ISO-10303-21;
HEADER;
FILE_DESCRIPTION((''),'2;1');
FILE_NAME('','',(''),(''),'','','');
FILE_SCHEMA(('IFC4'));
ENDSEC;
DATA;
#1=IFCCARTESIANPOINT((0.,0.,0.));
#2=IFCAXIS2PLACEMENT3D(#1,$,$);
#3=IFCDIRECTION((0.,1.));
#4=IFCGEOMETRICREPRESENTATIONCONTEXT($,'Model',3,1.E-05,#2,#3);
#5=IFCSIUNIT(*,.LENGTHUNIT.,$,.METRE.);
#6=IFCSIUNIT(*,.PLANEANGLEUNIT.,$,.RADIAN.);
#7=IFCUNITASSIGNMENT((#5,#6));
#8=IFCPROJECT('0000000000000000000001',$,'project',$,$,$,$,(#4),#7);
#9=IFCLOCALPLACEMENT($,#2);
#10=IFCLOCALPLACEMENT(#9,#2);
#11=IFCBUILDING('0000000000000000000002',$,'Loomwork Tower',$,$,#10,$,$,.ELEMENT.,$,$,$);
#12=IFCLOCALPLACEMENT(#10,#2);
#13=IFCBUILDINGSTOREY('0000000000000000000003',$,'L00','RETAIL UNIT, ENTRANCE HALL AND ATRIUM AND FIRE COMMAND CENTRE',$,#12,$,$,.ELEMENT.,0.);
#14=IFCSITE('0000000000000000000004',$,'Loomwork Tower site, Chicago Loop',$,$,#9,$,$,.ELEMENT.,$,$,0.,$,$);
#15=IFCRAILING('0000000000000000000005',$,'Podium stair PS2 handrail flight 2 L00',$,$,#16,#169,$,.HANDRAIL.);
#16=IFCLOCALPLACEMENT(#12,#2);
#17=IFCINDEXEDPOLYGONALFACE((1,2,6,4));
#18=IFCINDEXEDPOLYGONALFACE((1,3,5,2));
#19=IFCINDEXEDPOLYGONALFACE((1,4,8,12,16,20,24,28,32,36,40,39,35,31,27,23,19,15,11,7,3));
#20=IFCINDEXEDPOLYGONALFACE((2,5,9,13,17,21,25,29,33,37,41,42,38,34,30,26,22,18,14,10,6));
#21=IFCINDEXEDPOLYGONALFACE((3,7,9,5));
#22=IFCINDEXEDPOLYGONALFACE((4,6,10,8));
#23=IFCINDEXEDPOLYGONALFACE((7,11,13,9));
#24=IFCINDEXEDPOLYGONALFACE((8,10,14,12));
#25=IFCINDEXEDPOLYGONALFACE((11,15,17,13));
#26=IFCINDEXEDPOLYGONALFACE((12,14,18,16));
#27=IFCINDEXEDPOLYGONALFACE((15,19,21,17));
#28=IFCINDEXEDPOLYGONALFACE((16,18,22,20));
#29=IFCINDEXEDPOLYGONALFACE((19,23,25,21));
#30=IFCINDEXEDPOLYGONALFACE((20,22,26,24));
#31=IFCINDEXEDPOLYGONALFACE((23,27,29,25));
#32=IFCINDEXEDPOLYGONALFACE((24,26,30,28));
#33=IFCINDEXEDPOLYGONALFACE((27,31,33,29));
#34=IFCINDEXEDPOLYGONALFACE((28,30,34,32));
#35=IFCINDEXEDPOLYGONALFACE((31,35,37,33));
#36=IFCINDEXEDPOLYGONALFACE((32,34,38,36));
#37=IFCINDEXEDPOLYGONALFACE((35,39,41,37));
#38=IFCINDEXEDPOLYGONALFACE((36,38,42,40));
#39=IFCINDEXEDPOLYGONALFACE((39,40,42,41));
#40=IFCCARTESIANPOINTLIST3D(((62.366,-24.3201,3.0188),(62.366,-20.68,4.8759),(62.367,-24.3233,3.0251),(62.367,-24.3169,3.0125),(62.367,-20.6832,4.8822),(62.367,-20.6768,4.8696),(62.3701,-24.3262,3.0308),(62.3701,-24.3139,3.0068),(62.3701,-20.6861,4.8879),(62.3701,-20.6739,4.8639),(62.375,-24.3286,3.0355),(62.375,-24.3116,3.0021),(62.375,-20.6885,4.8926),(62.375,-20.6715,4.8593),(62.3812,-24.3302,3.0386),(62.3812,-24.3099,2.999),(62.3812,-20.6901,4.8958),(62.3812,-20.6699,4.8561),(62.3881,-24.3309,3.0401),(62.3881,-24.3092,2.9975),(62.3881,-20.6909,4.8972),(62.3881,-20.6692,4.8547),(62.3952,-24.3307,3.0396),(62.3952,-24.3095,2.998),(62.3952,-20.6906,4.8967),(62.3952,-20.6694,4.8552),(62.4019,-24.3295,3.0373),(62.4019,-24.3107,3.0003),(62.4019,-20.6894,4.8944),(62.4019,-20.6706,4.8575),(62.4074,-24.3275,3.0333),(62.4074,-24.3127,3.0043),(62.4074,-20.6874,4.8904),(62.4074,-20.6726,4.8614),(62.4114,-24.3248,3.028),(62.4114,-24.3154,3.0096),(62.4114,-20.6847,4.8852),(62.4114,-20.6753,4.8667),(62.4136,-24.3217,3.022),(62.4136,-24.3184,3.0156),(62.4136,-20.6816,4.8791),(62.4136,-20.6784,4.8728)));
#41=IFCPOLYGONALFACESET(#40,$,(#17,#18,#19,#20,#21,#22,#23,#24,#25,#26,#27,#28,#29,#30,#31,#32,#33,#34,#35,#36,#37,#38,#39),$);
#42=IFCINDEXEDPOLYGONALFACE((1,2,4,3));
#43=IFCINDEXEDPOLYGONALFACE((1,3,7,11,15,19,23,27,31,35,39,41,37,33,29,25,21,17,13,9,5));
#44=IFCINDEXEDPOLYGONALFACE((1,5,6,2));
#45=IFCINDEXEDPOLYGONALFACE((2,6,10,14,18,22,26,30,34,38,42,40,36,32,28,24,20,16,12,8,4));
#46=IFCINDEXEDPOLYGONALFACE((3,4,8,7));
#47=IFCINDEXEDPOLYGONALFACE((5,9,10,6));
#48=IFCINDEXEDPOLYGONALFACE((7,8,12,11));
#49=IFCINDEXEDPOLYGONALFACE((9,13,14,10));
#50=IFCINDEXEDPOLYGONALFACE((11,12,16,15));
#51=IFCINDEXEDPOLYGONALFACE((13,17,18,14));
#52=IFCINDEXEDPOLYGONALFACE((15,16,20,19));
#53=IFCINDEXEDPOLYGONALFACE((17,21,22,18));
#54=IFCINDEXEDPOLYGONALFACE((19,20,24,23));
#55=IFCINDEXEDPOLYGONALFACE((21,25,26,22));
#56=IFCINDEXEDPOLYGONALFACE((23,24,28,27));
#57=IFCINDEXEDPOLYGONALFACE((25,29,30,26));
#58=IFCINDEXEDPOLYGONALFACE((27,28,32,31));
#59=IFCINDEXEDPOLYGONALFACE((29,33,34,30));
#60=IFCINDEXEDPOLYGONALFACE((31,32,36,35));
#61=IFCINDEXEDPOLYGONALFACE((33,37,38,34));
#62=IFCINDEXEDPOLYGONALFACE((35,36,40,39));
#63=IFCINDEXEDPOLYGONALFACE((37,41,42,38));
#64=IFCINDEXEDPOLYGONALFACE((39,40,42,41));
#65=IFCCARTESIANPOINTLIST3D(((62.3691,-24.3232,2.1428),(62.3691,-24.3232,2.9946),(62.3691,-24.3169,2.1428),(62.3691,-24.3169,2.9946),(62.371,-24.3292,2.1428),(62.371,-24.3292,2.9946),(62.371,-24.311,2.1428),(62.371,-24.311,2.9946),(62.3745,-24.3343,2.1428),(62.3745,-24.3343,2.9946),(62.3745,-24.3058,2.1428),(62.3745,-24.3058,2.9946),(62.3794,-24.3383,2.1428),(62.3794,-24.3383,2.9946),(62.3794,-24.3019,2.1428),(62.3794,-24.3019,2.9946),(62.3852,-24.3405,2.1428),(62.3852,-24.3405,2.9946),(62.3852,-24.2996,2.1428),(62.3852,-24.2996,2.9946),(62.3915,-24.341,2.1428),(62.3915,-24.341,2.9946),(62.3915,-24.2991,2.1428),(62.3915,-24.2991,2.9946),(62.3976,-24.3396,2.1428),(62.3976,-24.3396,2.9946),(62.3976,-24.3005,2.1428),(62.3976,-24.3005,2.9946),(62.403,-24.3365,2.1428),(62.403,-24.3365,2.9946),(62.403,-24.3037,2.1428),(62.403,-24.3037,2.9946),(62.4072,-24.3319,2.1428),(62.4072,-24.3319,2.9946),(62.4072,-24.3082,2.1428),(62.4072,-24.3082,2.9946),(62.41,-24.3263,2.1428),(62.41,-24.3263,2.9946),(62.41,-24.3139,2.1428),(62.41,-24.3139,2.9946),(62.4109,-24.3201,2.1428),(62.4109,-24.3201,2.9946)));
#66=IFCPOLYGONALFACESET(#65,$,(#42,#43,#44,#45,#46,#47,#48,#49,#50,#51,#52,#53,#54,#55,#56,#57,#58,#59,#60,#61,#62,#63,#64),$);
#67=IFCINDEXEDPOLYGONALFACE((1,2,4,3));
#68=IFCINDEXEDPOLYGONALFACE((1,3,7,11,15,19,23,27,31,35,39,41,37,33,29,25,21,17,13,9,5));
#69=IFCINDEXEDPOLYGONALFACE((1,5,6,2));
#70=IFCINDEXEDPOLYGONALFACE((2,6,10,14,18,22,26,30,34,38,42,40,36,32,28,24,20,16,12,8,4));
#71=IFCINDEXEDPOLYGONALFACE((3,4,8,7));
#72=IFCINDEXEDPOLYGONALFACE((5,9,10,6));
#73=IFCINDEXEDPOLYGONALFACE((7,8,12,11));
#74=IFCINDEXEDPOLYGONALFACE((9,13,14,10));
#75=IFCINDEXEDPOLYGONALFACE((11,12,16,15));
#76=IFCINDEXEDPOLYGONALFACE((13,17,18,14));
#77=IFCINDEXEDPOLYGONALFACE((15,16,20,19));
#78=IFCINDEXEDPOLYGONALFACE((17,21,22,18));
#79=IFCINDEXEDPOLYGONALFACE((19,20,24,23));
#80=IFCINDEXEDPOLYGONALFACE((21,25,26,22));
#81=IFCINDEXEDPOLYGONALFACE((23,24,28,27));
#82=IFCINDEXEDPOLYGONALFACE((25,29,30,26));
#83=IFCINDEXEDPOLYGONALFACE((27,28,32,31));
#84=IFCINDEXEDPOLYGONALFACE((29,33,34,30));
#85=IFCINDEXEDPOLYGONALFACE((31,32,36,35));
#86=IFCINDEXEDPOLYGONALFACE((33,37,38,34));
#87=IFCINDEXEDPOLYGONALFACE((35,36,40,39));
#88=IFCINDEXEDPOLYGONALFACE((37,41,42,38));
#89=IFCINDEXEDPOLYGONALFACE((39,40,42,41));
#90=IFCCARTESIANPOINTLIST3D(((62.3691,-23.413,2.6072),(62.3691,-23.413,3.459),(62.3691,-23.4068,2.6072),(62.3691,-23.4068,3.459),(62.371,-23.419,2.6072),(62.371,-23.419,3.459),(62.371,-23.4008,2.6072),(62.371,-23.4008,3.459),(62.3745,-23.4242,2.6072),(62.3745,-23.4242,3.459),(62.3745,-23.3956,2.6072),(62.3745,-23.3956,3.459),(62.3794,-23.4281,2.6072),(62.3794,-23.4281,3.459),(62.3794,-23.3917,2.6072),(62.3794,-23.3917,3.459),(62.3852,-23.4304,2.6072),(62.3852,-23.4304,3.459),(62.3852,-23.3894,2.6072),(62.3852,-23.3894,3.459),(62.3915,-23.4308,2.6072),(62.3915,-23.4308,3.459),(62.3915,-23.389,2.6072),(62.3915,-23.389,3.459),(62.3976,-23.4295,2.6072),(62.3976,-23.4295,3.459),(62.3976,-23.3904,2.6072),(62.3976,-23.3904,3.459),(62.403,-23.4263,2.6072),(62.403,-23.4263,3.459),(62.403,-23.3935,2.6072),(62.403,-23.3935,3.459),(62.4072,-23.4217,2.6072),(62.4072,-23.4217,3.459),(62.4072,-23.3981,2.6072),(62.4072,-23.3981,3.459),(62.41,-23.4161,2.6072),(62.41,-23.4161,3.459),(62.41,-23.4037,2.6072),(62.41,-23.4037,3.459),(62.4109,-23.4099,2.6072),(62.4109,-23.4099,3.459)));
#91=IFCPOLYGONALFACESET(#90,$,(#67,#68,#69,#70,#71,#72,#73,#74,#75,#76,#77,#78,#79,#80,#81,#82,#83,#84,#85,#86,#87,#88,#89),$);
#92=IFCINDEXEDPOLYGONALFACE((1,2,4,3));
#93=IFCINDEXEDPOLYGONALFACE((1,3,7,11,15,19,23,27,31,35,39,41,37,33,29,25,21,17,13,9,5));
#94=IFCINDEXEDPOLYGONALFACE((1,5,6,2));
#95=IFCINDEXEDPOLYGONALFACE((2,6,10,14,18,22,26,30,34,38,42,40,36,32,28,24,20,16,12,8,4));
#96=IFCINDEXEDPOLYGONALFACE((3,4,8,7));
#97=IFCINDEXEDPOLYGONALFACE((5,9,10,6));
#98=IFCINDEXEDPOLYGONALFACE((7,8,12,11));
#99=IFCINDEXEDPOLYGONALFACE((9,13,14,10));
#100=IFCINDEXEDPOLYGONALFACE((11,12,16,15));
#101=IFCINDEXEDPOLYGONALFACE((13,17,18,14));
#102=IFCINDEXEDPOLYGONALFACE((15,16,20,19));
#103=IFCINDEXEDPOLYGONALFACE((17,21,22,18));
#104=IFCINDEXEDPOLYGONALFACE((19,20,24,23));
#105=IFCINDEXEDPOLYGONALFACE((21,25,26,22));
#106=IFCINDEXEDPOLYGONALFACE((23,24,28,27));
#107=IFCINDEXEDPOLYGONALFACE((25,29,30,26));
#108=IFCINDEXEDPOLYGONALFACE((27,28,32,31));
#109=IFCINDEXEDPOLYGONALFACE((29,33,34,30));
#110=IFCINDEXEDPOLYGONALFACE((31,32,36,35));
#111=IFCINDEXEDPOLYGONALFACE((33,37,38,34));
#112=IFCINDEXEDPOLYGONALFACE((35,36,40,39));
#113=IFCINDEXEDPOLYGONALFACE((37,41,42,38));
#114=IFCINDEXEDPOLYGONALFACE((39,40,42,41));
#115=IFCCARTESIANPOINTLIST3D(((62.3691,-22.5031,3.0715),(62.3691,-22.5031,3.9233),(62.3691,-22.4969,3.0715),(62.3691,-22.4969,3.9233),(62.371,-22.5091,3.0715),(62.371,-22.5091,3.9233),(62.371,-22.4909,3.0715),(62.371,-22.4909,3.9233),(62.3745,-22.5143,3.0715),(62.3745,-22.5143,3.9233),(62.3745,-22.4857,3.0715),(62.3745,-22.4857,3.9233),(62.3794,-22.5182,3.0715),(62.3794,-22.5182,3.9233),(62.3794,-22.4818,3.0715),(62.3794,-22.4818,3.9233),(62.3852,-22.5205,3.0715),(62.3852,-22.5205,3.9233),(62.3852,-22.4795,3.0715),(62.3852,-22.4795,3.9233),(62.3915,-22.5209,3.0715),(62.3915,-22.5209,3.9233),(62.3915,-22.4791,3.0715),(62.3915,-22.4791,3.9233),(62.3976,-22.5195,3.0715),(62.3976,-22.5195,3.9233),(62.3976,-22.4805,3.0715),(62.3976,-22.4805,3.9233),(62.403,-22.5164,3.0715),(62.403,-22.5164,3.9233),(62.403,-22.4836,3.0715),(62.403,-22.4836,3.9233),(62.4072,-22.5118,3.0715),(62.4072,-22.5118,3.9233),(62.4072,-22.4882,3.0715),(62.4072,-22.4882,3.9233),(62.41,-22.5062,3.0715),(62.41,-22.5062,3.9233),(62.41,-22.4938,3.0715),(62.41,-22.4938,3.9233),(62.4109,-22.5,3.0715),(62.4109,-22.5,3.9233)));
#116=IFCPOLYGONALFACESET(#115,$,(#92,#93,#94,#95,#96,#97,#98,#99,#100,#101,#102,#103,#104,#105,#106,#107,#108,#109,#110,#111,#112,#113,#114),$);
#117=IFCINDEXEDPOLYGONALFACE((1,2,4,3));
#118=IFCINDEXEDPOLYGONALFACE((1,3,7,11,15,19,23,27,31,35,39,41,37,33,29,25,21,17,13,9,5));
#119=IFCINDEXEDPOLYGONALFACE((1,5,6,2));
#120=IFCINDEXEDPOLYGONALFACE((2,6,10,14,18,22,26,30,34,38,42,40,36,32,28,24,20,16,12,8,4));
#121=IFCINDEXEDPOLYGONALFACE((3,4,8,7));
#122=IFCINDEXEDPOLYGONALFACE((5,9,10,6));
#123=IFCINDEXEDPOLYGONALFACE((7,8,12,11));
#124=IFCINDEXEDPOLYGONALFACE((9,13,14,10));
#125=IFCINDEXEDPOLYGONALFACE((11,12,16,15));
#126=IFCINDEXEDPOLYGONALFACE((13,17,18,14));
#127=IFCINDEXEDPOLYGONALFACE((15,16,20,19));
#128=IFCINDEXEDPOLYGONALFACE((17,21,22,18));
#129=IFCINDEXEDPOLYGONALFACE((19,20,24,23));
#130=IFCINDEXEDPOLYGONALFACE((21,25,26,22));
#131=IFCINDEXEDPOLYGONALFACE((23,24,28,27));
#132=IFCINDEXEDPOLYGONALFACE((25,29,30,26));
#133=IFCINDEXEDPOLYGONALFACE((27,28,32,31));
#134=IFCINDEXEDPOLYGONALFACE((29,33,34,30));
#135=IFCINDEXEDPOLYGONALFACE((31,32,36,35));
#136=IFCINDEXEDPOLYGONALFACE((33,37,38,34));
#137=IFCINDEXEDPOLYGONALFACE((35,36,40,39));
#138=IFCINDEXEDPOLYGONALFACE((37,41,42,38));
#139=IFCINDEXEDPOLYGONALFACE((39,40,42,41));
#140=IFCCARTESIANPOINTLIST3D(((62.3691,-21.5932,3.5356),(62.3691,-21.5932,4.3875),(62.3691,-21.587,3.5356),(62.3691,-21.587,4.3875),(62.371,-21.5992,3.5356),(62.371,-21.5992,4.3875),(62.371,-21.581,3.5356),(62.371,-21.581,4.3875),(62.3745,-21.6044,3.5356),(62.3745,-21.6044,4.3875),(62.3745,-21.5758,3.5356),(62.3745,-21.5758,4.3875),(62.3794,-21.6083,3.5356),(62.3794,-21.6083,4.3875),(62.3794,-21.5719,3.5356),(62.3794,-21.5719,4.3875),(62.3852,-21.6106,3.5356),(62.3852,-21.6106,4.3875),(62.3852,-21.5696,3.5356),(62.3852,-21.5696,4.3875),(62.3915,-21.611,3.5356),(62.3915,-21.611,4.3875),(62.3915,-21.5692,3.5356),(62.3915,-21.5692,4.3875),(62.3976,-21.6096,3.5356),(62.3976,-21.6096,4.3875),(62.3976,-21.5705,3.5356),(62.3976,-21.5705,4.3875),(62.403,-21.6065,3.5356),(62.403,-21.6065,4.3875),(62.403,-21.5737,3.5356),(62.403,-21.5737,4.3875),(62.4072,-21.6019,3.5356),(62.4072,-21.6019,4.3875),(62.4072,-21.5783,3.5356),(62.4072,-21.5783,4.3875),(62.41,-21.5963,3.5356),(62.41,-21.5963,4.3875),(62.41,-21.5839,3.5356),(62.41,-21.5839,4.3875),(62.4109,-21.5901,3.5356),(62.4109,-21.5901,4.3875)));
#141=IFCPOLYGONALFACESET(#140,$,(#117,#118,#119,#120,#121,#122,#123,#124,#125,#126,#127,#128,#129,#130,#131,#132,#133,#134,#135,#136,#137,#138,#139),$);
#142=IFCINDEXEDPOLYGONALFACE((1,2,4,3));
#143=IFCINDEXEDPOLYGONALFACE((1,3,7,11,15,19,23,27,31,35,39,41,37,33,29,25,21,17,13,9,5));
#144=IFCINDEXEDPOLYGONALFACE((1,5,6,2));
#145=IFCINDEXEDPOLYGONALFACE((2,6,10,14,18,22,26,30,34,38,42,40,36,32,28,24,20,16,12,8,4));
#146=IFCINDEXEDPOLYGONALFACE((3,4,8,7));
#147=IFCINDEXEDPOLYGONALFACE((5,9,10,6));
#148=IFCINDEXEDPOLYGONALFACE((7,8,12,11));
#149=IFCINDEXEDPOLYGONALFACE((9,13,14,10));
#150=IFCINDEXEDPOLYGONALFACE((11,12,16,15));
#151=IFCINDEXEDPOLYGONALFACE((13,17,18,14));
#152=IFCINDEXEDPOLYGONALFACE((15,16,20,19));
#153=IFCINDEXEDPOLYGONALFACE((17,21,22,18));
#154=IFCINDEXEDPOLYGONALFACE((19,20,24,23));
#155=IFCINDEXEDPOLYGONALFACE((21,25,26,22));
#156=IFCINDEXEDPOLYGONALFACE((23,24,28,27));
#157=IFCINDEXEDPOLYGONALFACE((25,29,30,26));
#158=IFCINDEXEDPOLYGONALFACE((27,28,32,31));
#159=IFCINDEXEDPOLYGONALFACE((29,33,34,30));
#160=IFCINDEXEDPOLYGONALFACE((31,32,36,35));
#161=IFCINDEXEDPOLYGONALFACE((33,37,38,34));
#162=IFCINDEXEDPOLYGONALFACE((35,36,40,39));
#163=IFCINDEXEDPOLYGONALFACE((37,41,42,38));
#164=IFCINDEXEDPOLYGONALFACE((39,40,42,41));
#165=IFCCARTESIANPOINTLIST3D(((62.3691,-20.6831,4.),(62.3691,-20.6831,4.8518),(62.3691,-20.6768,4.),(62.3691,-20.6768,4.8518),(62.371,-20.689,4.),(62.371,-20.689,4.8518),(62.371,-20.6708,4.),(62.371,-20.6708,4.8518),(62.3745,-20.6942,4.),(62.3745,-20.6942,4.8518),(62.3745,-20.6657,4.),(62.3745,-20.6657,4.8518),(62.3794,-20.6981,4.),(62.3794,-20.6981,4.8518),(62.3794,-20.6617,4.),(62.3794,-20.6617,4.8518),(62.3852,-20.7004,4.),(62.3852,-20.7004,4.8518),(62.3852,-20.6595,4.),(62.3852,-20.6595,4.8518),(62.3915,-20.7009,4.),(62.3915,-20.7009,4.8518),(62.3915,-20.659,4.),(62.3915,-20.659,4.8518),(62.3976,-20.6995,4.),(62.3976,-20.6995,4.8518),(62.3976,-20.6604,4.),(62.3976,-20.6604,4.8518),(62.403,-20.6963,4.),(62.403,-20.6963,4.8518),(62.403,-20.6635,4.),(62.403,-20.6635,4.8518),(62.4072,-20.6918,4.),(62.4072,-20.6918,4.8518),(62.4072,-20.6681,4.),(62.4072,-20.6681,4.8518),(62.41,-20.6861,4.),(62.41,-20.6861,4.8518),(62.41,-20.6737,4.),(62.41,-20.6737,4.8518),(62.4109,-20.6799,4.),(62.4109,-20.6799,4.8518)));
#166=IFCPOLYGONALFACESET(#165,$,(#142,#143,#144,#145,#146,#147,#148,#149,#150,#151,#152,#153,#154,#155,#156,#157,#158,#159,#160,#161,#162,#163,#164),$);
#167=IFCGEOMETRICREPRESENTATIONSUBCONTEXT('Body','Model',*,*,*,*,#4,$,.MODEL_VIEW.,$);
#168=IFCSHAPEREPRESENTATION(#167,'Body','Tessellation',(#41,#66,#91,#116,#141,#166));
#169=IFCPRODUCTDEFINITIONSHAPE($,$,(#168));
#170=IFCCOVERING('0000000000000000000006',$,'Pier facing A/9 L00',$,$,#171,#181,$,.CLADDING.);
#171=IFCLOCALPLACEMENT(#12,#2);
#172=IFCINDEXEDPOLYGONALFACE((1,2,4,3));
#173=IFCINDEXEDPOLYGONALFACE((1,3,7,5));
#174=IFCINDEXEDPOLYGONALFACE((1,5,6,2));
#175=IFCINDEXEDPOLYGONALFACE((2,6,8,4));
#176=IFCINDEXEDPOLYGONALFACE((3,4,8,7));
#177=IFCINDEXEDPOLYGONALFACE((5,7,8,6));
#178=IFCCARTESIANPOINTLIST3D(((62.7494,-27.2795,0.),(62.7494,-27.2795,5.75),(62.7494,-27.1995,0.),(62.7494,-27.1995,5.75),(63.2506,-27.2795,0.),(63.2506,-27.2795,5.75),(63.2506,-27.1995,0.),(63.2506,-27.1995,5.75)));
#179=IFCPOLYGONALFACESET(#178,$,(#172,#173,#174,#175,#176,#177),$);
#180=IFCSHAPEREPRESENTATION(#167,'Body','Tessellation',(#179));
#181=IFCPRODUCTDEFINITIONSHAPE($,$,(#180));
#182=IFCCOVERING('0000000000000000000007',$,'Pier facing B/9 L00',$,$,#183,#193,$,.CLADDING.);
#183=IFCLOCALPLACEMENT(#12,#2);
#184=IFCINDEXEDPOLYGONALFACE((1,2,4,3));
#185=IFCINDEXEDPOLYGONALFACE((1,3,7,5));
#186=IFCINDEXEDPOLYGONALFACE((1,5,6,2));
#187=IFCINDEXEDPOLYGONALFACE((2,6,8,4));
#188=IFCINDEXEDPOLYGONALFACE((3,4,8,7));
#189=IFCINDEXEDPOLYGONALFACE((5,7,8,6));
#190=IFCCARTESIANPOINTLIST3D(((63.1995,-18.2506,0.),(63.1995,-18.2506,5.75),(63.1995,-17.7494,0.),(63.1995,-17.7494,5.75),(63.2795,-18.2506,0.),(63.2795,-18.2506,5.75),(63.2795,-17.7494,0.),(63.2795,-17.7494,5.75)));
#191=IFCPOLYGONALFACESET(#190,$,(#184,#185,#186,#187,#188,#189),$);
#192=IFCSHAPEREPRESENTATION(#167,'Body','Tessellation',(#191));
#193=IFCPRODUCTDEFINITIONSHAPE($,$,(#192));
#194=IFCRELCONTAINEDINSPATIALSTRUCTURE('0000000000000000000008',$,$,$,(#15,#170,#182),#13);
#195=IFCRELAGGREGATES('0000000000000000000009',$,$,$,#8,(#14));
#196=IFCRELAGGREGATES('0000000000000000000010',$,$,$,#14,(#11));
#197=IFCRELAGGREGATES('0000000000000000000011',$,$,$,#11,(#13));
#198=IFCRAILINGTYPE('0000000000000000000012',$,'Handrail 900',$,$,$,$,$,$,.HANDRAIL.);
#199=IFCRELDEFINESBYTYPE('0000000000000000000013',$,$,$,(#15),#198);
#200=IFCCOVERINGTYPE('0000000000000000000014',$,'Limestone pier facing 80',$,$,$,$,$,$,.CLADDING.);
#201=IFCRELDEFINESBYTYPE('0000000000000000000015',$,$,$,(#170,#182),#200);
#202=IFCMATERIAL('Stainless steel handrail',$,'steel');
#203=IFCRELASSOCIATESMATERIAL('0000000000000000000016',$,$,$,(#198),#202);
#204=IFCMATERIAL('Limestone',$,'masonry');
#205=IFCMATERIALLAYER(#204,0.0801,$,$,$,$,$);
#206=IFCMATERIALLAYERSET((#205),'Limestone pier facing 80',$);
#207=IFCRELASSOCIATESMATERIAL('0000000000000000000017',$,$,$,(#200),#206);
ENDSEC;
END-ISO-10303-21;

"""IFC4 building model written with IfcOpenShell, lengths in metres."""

from ifc_helpers import new_model, si_unit, direction, frame, origin, origin_2d, place, context, subcontext, project, spatial, rectangle, circle, extrude, material, layer, layer_set, type_object, element, save


model = new_model("IFC4")

# Units and contexts
model_context = context("Model", 3, precision=1e-05, world=origin(), true_north=direction((0.0, 1.0)))
body_context = subcontext(model_context, "Body", "Model", "MODEL_VIEW")
ifc_project = project(units=[si_unit("LENGTHUNIT", "METRE"), si_unit("PLANEANGLEUNIT", "RADIAN")], contexts=[model_context])

# Site, building, storey
site_placement = place(None, origin())
site = spatial("IfcSite", under=ifc_project, at=site_placement, Name="Loomwork Tower site, Chicago Loop", CompositionType="ELEMENT", RefElevation=0.0)
building_placement = place(site_placement, origin())
building = spatial("IfcBuilding", under=site, at=building_placement, Name="Loomwork Tower", CompositionType="ELEMENT")
storey_placement = place(building_placement, origin())
storey = spatial("IfcBuildingStorey", under=building, at=storey_placement, Name="L00", Description="RETAIL UNIT, ENTRANCE HALL AND ATRIUM AND FIRE COMMAND CENTRE", CompositionType="ELEMENT", Elevation=0.0)

# Railing
ifc_material_1 = material(Name="Stainless steel handrail", Category="steel")
railing_type = type_object("IfcRailingType", Name="Handrail 900", PredefinedType="HANDRAIL", material=ifc_material_1)
railing_placement = place(storey_placement, frame((62.3899, -24.3201, 2.1428)))
element("IfcRailing", 1, at=railing_placement, inside=storey, type_object=railing_type, Name="Podium stair PS2 handrail flight 2 L00", PredefinedType="HANDRAIL", context=body_context, shape_type="SweptSolid", body=[
    extrude(circle(Radius=0.0239, at=origin_2d()), frame((0.0, 0.0, 0.876), z_axis=(0.0, 0.890765, 0.454464), x_axis=(-1.0, 0.0, 0.0)), (0.0, 0.0, 1.0), 4.0864),
    extrude(circle(Radius=0.021, at=origin_2d()), origin(), (0.0, 0.0, 1.0), 0.8518),
    extrude(circle(Radius=0.021, at=origin_2d()), frame((0.0, 0.9102, 0.4644)), (0.0, 0.0, 1.0), 0.8518),
    extrude(circle(Radius=0.021, at=origin_2d()), frame((0.0, 1.8201, 0.9287)), (0.0, 0.0, 1.0), 0.8518),
    extrude(circle(Radius=0.021, at=origin_2d()), frame((0.0, 2.73, 1.3928)), (0.0, 0.0, 1.0), 0.8518),
    extrude(circle(Radius=0.021, at=origin_2d()), frame((0.0, 3.6401, 1.8572)), (0.0, 0.0, 1.0), 0.8518),
])

# Coverings
ifc_material_2 = material(Name="Limestone", Category="masonry")
ifc_layer_1 = layer(ifc_material_2, 0.0801)
ifc_layer_set_1 = layer_set([ifc_layer_1], Name="Limestone pier facing 80")
covering_type = type_object("IfcCoveringType", Name="Limestone pier facing 80", PredefinedType="CLADDING", material=ifc_layer_set_1)
covering_1_placement = place(storey_placement, frame((63.0, -27.2395, 0.0), z_axis=(0.0, 0.0, 1.0), x_axis=(1.0, 0.0, 0.0)))
element("IfcCovering", 2, at=covering_1_placement, inside=storey, type_object=covering_type, Name="Pier facing A/9 L00", PredefinedType="CLADDING", context=body_context, shape_type="SweptSolid", body=[
    extrude(rectangle(XDim=0.5012, YDim=0.0801, at=origin_2d()), origin(), (0.0, 0.0, 1.0), 5.75),
])
covering_2_placement = place(storey_placement, frame((63.2395, -18.0, 0.0), z_axis=(0.0, 0.0, 1.0), x_axis=(1.0, 0.0, 0.0)))
element("IfcCovering", 3, at=covering_2_placement, inside=storey, type_object=covering_type, Name="Pier facing B/9 L00", PredefinedType="CLADDING", context=body_context, shape_type="SweptSolid", body=[
    extrude(rectangle(XDim=0.0801, YDim=0.5012, at=origin_2d()), origin(), (0.0, 0.0, 1.0), 5.75),
])

save(model, "model.ifc")
